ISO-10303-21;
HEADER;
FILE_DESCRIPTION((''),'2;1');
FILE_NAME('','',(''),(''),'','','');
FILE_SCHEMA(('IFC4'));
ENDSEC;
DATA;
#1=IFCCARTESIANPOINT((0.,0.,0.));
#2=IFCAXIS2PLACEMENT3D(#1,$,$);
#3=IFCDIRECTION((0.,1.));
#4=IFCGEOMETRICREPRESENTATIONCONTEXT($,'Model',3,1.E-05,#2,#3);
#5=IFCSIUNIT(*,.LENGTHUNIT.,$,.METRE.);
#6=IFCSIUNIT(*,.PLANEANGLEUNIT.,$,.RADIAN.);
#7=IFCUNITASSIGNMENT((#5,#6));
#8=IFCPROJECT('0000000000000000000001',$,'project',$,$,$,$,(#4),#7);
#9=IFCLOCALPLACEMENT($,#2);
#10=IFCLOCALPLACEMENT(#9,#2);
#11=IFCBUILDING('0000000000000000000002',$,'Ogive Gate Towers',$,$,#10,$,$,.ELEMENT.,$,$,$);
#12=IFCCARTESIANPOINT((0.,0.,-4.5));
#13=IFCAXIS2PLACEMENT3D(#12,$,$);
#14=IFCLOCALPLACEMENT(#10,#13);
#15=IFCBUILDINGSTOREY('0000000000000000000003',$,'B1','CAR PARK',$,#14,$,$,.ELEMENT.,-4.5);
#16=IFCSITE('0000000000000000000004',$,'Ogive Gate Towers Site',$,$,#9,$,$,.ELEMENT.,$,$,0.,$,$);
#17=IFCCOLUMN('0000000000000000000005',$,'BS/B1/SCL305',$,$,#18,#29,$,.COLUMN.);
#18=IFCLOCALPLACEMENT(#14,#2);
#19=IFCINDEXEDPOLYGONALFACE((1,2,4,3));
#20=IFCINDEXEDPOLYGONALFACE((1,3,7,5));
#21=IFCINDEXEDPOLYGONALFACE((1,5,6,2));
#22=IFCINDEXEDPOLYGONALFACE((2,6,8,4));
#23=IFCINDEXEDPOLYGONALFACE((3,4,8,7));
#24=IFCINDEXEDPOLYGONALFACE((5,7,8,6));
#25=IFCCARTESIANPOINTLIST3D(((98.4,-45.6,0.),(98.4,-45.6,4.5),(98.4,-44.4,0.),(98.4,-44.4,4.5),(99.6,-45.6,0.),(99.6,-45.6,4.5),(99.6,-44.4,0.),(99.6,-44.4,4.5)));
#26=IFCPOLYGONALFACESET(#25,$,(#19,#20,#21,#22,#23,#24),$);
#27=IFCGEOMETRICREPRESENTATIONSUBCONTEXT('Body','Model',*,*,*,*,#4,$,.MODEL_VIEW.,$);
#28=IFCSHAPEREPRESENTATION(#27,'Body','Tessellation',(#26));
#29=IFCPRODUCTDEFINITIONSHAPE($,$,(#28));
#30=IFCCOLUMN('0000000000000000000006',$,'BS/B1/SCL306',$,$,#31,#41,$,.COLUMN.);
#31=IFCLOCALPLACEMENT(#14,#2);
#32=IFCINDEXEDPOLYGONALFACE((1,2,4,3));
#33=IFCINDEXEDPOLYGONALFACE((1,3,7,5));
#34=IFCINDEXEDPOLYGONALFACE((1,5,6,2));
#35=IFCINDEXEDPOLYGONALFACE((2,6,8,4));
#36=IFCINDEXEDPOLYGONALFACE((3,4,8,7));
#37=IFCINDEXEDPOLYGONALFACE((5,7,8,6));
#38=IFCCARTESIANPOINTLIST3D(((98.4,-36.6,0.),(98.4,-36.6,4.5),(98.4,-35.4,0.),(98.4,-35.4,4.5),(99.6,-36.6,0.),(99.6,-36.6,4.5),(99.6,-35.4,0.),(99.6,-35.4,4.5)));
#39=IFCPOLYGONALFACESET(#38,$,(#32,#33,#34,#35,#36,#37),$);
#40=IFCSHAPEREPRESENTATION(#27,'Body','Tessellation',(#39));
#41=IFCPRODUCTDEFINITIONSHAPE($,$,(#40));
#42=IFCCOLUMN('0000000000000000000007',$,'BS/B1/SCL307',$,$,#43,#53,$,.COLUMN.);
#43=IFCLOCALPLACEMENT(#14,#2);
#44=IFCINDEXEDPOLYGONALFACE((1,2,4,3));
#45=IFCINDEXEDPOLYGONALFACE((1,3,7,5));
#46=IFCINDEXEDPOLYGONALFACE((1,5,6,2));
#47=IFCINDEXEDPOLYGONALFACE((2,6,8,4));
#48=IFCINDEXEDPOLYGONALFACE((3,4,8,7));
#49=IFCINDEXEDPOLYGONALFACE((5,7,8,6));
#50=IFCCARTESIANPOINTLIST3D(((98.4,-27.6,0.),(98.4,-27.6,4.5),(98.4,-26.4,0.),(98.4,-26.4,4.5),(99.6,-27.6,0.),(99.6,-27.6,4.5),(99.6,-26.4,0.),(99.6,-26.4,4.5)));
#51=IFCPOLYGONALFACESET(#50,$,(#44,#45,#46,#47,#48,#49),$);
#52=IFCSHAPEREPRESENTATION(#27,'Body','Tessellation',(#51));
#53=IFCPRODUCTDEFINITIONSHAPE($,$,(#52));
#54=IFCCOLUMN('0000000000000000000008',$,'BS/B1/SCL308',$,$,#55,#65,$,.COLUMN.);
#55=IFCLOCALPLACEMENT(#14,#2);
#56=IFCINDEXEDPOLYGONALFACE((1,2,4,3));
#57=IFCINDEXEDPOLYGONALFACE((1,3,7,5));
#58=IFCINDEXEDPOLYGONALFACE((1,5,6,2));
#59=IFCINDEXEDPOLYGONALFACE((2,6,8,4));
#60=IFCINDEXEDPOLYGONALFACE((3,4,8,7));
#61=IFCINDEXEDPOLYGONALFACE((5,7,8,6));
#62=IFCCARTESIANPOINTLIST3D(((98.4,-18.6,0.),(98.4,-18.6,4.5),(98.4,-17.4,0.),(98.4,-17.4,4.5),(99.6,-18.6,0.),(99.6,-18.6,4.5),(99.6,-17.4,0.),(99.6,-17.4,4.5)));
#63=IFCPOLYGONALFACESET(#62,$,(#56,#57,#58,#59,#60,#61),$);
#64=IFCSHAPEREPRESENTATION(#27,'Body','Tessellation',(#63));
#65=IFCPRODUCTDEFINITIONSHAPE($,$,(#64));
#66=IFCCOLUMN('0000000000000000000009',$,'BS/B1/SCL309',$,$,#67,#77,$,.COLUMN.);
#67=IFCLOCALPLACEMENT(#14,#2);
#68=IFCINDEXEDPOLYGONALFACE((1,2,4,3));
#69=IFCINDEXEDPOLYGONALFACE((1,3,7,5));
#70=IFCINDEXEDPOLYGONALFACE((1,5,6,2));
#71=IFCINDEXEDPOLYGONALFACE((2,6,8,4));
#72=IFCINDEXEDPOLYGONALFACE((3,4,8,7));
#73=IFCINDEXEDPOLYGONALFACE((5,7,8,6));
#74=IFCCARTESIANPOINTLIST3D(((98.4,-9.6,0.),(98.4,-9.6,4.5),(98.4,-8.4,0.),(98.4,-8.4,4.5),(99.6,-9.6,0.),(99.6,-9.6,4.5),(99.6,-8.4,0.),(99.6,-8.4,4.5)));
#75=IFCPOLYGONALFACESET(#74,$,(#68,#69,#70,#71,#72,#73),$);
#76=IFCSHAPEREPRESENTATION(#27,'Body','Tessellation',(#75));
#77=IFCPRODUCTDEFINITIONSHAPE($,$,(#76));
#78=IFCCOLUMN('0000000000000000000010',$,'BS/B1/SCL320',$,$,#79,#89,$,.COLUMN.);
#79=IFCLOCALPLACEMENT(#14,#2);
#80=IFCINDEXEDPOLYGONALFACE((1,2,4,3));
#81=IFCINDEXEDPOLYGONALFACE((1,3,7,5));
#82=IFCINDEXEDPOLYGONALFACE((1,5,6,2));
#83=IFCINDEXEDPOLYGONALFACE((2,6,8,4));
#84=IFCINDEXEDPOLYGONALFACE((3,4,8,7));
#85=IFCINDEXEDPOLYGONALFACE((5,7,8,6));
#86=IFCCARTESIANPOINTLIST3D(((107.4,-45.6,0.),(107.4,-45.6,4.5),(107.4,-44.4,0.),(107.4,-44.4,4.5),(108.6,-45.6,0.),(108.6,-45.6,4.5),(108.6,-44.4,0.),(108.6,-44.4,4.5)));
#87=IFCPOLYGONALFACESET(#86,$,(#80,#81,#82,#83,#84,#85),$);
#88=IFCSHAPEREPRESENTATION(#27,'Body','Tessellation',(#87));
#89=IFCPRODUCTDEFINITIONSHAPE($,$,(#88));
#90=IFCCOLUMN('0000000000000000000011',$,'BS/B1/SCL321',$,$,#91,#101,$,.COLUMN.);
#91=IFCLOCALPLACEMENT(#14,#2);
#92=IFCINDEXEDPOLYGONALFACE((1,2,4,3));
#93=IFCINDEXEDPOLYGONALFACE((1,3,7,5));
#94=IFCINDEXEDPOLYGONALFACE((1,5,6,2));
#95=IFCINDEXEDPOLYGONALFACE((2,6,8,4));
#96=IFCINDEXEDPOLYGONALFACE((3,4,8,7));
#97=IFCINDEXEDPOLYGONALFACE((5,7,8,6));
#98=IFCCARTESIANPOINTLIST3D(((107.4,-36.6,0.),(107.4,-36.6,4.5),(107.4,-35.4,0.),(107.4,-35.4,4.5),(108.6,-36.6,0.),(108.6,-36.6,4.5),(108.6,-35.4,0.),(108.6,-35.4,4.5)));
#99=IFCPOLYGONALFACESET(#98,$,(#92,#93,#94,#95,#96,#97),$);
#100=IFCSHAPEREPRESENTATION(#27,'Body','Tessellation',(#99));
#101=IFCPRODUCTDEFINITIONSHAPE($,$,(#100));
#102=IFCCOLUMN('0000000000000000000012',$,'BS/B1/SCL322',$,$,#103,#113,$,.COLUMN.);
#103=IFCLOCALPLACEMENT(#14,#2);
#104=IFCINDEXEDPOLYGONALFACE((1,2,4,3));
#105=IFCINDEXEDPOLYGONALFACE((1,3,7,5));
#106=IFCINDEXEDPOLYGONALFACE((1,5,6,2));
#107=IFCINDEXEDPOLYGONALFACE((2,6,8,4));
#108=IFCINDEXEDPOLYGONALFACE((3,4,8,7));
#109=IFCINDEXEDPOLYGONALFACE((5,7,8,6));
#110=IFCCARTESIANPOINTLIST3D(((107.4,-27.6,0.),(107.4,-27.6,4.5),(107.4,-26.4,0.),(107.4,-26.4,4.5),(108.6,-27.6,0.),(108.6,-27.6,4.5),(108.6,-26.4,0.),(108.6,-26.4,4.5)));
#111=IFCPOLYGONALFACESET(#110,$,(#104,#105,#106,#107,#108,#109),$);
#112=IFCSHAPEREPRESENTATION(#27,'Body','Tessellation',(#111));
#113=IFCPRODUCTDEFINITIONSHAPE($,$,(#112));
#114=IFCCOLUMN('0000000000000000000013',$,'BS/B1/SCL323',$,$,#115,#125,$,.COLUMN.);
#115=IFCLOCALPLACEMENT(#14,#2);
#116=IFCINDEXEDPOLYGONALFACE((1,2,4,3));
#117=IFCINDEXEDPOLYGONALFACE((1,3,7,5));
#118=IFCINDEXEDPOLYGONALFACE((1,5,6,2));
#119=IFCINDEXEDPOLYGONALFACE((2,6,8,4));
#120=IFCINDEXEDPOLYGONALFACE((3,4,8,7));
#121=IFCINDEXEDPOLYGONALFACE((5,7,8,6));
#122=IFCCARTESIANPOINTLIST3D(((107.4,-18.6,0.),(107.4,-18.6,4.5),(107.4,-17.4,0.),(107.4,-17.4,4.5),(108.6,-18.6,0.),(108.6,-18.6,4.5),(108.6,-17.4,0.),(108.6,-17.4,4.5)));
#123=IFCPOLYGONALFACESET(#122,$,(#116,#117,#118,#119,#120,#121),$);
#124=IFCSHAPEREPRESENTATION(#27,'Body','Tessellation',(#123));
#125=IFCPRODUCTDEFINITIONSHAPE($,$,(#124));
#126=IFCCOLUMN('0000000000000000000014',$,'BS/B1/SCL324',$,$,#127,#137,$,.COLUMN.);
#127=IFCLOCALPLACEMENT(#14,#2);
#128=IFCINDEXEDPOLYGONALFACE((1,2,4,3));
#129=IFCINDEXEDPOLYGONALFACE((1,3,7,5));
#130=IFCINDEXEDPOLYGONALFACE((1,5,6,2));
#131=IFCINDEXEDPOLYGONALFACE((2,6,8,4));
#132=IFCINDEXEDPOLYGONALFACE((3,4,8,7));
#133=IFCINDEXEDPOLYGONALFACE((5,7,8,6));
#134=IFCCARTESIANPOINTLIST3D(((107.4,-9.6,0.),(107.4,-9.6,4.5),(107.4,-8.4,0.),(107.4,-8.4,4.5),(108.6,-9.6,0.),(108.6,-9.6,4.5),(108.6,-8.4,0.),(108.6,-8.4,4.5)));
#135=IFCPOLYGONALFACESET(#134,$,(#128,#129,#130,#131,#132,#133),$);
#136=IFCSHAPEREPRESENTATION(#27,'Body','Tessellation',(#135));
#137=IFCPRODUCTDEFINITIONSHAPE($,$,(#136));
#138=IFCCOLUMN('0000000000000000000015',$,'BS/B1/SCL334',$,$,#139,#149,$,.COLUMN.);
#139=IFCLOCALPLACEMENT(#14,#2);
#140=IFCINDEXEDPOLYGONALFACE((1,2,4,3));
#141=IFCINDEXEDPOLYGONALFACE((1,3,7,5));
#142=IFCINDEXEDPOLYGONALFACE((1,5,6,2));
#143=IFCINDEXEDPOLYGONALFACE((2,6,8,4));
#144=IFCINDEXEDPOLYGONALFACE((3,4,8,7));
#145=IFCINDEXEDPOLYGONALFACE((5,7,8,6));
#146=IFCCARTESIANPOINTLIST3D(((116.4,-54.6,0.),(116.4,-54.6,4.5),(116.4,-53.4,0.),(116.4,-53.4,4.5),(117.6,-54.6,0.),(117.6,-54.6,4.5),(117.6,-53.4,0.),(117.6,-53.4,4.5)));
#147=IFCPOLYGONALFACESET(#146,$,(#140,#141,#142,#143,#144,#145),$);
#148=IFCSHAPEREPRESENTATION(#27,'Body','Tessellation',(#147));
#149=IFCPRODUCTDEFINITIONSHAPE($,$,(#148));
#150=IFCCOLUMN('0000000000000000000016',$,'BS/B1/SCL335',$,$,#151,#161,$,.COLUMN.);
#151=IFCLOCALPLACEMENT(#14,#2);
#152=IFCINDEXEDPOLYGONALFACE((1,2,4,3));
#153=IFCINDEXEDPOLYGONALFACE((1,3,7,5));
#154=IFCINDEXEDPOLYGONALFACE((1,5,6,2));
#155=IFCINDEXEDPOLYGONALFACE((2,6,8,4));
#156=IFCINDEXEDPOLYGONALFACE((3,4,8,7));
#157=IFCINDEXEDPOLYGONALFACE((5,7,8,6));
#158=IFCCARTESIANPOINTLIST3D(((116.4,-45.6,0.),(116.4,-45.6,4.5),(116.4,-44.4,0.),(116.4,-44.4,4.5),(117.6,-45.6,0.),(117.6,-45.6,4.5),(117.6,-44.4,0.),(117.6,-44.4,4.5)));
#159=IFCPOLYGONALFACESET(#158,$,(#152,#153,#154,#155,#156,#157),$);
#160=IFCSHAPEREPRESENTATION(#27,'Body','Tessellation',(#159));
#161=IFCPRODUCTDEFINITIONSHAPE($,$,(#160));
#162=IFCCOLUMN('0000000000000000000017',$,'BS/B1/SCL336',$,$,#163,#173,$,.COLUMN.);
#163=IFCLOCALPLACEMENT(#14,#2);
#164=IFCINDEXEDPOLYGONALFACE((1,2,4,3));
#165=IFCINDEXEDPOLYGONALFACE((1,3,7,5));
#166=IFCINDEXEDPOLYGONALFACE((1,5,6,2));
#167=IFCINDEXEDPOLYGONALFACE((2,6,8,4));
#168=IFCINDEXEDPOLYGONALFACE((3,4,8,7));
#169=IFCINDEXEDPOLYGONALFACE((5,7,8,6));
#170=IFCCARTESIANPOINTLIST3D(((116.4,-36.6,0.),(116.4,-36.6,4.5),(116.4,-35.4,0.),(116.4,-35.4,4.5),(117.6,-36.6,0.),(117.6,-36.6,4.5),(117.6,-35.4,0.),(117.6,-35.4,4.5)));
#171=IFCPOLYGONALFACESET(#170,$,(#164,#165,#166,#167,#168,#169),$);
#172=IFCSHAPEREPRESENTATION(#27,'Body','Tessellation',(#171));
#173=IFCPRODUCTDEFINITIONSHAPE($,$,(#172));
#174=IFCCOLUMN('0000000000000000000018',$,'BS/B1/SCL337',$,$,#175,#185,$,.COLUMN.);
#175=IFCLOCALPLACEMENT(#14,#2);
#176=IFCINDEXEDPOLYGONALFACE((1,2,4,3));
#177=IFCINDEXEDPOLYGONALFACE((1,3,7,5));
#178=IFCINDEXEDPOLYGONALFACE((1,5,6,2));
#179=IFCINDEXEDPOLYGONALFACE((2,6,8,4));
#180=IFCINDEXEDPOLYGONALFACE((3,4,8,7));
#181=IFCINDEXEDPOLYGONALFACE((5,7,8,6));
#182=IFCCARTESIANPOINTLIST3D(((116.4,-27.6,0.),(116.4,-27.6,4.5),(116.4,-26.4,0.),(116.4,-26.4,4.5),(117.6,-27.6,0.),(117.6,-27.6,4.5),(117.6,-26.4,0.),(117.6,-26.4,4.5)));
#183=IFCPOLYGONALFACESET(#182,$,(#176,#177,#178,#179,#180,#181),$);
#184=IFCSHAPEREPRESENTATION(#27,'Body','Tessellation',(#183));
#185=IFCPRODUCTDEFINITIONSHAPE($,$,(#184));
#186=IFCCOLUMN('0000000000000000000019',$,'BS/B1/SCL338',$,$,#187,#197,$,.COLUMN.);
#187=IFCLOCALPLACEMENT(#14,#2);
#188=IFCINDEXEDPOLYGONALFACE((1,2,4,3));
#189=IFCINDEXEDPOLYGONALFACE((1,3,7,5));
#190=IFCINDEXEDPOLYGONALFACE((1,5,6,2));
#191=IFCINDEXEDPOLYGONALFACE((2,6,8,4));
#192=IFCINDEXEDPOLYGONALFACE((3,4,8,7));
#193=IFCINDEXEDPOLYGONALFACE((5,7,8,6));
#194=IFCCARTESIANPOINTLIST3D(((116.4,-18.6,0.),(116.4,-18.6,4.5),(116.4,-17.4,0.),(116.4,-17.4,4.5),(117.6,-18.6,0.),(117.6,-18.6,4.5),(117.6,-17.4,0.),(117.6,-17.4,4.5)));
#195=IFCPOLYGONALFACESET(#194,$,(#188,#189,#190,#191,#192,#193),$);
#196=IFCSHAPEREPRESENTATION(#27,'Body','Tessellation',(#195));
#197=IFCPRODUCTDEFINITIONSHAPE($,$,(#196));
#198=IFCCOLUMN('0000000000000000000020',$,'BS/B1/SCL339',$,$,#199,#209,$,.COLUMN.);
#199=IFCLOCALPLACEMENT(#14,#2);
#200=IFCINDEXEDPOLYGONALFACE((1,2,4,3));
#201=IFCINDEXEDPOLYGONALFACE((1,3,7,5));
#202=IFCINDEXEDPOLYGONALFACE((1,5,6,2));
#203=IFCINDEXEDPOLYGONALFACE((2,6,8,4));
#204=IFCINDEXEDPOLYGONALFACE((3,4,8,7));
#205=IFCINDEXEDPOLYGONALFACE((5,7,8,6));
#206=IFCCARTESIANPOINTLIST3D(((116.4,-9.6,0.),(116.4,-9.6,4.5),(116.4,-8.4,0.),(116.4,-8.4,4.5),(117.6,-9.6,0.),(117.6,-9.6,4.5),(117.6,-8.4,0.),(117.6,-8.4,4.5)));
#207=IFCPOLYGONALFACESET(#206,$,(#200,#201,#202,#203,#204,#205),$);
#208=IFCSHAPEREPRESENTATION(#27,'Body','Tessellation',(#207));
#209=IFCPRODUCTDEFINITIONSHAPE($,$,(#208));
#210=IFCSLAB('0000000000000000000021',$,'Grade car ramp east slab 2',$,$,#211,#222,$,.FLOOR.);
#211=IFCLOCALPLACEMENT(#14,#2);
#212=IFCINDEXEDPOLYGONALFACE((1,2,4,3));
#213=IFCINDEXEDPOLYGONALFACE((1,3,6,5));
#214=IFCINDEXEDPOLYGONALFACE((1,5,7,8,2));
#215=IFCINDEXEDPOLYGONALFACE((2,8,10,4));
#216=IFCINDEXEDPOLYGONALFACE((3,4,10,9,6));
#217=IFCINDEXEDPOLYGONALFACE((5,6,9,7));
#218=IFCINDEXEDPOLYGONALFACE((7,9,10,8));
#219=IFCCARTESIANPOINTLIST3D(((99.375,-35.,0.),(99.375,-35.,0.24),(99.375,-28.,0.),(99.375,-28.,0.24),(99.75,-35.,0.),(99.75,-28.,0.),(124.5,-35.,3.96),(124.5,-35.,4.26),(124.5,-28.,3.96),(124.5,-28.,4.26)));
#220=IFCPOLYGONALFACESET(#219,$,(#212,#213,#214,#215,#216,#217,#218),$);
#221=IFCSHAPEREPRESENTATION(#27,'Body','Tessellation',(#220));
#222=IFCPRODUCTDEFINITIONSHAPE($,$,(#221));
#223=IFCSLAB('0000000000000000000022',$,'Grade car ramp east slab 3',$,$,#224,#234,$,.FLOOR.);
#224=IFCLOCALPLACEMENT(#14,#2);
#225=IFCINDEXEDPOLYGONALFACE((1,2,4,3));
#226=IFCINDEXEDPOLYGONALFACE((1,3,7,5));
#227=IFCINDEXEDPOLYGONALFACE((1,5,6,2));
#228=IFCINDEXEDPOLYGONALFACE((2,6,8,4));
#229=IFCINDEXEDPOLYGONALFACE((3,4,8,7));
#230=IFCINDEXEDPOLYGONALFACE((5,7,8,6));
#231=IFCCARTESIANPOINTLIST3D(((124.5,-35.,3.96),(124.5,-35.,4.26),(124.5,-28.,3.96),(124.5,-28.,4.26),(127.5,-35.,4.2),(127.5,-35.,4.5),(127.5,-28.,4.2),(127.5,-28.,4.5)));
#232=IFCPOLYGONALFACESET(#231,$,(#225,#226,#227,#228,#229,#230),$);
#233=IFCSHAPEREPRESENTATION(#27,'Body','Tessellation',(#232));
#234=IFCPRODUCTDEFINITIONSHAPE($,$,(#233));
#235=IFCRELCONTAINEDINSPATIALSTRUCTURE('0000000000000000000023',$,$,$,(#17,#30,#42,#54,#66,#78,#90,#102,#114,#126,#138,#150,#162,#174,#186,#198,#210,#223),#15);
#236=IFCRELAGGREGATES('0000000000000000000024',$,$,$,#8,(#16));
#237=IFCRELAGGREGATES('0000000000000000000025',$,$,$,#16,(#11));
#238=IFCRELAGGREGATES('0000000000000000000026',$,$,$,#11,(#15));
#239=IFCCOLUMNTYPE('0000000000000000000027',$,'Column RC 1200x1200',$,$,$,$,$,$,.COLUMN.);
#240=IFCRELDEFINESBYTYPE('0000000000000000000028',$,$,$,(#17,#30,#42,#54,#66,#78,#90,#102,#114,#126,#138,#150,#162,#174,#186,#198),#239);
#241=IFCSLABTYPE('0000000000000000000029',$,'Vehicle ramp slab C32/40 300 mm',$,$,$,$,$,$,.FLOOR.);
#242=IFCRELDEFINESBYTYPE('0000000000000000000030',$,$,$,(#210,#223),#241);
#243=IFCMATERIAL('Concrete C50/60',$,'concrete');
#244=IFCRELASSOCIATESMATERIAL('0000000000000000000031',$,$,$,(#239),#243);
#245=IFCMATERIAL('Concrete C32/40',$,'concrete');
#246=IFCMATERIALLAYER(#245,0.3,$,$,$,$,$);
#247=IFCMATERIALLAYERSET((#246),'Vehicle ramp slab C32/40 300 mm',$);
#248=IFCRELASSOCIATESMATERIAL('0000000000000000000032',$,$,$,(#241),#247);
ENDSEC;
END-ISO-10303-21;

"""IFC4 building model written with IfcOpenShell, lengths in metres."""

from ifc_helpers import new_model, si_unit, direction, frame, origin, origin_2d, place, context, subcontext, project, spatial, polyline, rectangle, outline, extrude, material, layer, layer_set, material_profile, profile_set, type_object, element, save


model = new_model("IFC4")

# Units and contexts
model_context = context("Model", 3, precision=1e-05, world=origin(), true_north=direction((0.0, 1.0)))
body_context = subcontext(model_context, "Body", "Model", "MODEL_VIEW")
ifc_project = project(units=[si_unit("LENGTHUNIT", "METRE"), si_unit("PLANEANGLEUNIT", "RADIAN")], contexts=[model_context])

# Site, building, storey
site_placement = place(None, origin())
site = spatial("IfcSite", under=ifc_project, at=site_placement, Name="Ogive Gate Towers Site", CompositionType="ELEMENT", RefElevation=0.0)
building_placement = place(site_placement, origin())
building = spatial("IfcBuilding", under=site, at=building_placement, Name="Ogive Gate Towers", CompositionType="ELEMENT")
storey_placement = place(building_placement, frame((0.0, 0.0, -4.5)))
storey = spatial("IfcBuildingStorey", under=building, at=storey_placement, Name="B1", Description="CAR PARK", CompositionType="ELEMENT", Elevation=-4.5)

# Columns
ifc_material_1 = material(Name="Concrete C50/60", Category="concrete")
ifc_material_profile = material_profile(ifc_material_1, rectangle(XDim=1.2, YDim=1.2, at=origin_2d()), Name="RC 1200x1200")
ifc_profile_set = profile_set([ifc_material_profile], Name="Concrete C50/60")
column_type = type_object("IfcColumnType", Name="Column RC 1200x1200", PredefinedType="COLUMN", material=ifc_profile_set)
for number, where, z_axis, x_axis, name in (
    (1, (99.0, -45.0, 0.0), (0.0, 0.0, 1.0), (1.0, 0.0, 0.0), "BS/B1/SCL305"),
    (2, (99.0, -36.0, 0.0), (0.0, 0.0, 1.0), (1.0, 0.0, 0.0), "BS/B1/SCL306"),
    (3, (99.0, -27.0, 0.0), (0.0, 0.0, 1.0), (1.0, 0.0, 0.0), "BS/B1/SCL307"),
    (4, (99.0, -18.0, 0.0), (0.0, 0.0, 1.0), (1.0, 0.0, 0.0), "BS/B1/SCL308"),
    (5, (99.0, -9.0, 0.0), (0.0, 0.0, 1.0), (1.0, 0.0, 0.0), "BS/B1/SCL309"),
    (6, (108.0, -45.0, 0.0), (0.0, 0.0, 1.0), (1.0, 0.0, 0.0), "BS/B1/SCL320"),
    (7, (108.0, -36.0, 0.0), (0.0, 0.0, 1.0), (1.0, 0.0, 0.0), "BS/B1/SCL321"),
    (8, (108.0, -27.0, 0.0), (0.0, 0.0, 1.0), (1.0, 0.0, 0.0), "BS/B1/SCL322"),
    (9, (108.0, -18.0, 0.0), (0.0, 0.0, 1.0), (1.0, 0.0, 0.0), "BS/B1/SCL323"),
    (10, (108.0, -9.0, 0.0), (0.0, 0.0, 1.0), (1.0, 0.0, 0.0), "BS/B1/SCL324"),
    (11, (117.0, -54.0, 0.0), (0.0, 0.0, 1.0), (1.0, 0.0, 0.0), "BS/B1/SCL334"),
    (12, (117.0, -45.0, 0.0), (0.0, 0.0, 1.0), (1.0, 0.0, 0.0), "BS/B1/SCL335"),
    (13, (117.0, -36.0, 0.0), (0.0, 0.0, 1.0), (1.0, 0.0, 0.0), "BS/B1/SCL336"),
    (14, (117.0, -27.0, 0.0), (0.0, 0.0, 1.0), (1.0, 0.0, 0.0), "BS/B1/SCL337"),
    (15, (117.0, -18.0, 0.0), (0.0, 0.0, 1.0), (1.0, 0.0, 0.0), "BS/B1/SCL338"),
    (16, (117.0, -9.0, 0.0), (0.0, 0.0, 1.0), (1.0, 0.0, 0.0), "BS/B1/SCL339"),
):
    element("IfcColumn", number, at=place(storey_placement, frame(where, z_axis=z_axis, x_axis=x_axis)), inside=storey, type_object=column_type, Name=name, PredefinedType="COLUMN", context=body_context, shape_type="SweptSolid", body=[
        extrude(rectangle(XDim=1.2, YDim=1.2, at=origin_2d()), origin(), (0.0, 0.0, 1.0), 4.5),
    ])

# Slabs
ifc_material_2 = material(Name="Concrete C32/40", Category="concrete")
ifc_layer_1 = layer(ifc_material_2, 0.3)
ifc_layer_set_1 = layer_set([ifc_layer_1], Name="Vehicle ramp slab C32/40 300 mm")
slab_type_1 = type_object("IfcSlabType", Name="Vehicle ramp slab C32/40 300 mm", PredefinedType="FLOOR", material=ifc_layer_set_1)
slab_1_placement = place(storey_placement, frame((99.375, -31.5, 0.0), z_axis=(0.0, 0.0, 1.0), x_axis=(1.0, 0.0, 0.0)))
element("IfcSlab", 17, at=slab_1_placement, inside=storey, type_object=slab_type_1, Name="Grade car ramp east slab 2", PredefinedType="FLOOR", context=body_context, shape_type="SweptSolid", body=[
    extrude(outline(polyline([(0.0, 0.0), (0.375, 0.0), (25.125, 3.96), (25.125, 4.26), (0.0, 0.24), (0.0, 0.0)])), frame((0.0, 3.5, 0.0), z_axis=(0.0, -1.0, 0.0), x_axis=(1.0, 0.0, 0.0)), (0.0, 0.0, 1.0), 7.0),
])
slab_2_placement = place(storey_placement, frame((124.5, -31.5, 0.0), z_axis=(0.0, 0.0, 1.0), x_axis=(1.0, 0.0, 0.0)))
element("IfcSlab", 18, at=slab_2_placement, inside=storey, type_object=slab_type_1, Name="Grade car ramp east slab 3", PredefinedType="FLOOR", context=body_context, shape_type="SweptSolid", body=[
    extrude(outline(polyline([(0.0, 3.96), (3.0, 4.2), (3.0, 4.5), (0.0, 4.26), (0.0, 3.96)])), frame((0.0, 3.5, 0.0), z_axis=(0.0, -1.0, 0.0), x_axis=(1.0, 0.0, 0.0)), (0.0, 0.0, 1.0), 7.0),
])

save(model, "model.ifc")
